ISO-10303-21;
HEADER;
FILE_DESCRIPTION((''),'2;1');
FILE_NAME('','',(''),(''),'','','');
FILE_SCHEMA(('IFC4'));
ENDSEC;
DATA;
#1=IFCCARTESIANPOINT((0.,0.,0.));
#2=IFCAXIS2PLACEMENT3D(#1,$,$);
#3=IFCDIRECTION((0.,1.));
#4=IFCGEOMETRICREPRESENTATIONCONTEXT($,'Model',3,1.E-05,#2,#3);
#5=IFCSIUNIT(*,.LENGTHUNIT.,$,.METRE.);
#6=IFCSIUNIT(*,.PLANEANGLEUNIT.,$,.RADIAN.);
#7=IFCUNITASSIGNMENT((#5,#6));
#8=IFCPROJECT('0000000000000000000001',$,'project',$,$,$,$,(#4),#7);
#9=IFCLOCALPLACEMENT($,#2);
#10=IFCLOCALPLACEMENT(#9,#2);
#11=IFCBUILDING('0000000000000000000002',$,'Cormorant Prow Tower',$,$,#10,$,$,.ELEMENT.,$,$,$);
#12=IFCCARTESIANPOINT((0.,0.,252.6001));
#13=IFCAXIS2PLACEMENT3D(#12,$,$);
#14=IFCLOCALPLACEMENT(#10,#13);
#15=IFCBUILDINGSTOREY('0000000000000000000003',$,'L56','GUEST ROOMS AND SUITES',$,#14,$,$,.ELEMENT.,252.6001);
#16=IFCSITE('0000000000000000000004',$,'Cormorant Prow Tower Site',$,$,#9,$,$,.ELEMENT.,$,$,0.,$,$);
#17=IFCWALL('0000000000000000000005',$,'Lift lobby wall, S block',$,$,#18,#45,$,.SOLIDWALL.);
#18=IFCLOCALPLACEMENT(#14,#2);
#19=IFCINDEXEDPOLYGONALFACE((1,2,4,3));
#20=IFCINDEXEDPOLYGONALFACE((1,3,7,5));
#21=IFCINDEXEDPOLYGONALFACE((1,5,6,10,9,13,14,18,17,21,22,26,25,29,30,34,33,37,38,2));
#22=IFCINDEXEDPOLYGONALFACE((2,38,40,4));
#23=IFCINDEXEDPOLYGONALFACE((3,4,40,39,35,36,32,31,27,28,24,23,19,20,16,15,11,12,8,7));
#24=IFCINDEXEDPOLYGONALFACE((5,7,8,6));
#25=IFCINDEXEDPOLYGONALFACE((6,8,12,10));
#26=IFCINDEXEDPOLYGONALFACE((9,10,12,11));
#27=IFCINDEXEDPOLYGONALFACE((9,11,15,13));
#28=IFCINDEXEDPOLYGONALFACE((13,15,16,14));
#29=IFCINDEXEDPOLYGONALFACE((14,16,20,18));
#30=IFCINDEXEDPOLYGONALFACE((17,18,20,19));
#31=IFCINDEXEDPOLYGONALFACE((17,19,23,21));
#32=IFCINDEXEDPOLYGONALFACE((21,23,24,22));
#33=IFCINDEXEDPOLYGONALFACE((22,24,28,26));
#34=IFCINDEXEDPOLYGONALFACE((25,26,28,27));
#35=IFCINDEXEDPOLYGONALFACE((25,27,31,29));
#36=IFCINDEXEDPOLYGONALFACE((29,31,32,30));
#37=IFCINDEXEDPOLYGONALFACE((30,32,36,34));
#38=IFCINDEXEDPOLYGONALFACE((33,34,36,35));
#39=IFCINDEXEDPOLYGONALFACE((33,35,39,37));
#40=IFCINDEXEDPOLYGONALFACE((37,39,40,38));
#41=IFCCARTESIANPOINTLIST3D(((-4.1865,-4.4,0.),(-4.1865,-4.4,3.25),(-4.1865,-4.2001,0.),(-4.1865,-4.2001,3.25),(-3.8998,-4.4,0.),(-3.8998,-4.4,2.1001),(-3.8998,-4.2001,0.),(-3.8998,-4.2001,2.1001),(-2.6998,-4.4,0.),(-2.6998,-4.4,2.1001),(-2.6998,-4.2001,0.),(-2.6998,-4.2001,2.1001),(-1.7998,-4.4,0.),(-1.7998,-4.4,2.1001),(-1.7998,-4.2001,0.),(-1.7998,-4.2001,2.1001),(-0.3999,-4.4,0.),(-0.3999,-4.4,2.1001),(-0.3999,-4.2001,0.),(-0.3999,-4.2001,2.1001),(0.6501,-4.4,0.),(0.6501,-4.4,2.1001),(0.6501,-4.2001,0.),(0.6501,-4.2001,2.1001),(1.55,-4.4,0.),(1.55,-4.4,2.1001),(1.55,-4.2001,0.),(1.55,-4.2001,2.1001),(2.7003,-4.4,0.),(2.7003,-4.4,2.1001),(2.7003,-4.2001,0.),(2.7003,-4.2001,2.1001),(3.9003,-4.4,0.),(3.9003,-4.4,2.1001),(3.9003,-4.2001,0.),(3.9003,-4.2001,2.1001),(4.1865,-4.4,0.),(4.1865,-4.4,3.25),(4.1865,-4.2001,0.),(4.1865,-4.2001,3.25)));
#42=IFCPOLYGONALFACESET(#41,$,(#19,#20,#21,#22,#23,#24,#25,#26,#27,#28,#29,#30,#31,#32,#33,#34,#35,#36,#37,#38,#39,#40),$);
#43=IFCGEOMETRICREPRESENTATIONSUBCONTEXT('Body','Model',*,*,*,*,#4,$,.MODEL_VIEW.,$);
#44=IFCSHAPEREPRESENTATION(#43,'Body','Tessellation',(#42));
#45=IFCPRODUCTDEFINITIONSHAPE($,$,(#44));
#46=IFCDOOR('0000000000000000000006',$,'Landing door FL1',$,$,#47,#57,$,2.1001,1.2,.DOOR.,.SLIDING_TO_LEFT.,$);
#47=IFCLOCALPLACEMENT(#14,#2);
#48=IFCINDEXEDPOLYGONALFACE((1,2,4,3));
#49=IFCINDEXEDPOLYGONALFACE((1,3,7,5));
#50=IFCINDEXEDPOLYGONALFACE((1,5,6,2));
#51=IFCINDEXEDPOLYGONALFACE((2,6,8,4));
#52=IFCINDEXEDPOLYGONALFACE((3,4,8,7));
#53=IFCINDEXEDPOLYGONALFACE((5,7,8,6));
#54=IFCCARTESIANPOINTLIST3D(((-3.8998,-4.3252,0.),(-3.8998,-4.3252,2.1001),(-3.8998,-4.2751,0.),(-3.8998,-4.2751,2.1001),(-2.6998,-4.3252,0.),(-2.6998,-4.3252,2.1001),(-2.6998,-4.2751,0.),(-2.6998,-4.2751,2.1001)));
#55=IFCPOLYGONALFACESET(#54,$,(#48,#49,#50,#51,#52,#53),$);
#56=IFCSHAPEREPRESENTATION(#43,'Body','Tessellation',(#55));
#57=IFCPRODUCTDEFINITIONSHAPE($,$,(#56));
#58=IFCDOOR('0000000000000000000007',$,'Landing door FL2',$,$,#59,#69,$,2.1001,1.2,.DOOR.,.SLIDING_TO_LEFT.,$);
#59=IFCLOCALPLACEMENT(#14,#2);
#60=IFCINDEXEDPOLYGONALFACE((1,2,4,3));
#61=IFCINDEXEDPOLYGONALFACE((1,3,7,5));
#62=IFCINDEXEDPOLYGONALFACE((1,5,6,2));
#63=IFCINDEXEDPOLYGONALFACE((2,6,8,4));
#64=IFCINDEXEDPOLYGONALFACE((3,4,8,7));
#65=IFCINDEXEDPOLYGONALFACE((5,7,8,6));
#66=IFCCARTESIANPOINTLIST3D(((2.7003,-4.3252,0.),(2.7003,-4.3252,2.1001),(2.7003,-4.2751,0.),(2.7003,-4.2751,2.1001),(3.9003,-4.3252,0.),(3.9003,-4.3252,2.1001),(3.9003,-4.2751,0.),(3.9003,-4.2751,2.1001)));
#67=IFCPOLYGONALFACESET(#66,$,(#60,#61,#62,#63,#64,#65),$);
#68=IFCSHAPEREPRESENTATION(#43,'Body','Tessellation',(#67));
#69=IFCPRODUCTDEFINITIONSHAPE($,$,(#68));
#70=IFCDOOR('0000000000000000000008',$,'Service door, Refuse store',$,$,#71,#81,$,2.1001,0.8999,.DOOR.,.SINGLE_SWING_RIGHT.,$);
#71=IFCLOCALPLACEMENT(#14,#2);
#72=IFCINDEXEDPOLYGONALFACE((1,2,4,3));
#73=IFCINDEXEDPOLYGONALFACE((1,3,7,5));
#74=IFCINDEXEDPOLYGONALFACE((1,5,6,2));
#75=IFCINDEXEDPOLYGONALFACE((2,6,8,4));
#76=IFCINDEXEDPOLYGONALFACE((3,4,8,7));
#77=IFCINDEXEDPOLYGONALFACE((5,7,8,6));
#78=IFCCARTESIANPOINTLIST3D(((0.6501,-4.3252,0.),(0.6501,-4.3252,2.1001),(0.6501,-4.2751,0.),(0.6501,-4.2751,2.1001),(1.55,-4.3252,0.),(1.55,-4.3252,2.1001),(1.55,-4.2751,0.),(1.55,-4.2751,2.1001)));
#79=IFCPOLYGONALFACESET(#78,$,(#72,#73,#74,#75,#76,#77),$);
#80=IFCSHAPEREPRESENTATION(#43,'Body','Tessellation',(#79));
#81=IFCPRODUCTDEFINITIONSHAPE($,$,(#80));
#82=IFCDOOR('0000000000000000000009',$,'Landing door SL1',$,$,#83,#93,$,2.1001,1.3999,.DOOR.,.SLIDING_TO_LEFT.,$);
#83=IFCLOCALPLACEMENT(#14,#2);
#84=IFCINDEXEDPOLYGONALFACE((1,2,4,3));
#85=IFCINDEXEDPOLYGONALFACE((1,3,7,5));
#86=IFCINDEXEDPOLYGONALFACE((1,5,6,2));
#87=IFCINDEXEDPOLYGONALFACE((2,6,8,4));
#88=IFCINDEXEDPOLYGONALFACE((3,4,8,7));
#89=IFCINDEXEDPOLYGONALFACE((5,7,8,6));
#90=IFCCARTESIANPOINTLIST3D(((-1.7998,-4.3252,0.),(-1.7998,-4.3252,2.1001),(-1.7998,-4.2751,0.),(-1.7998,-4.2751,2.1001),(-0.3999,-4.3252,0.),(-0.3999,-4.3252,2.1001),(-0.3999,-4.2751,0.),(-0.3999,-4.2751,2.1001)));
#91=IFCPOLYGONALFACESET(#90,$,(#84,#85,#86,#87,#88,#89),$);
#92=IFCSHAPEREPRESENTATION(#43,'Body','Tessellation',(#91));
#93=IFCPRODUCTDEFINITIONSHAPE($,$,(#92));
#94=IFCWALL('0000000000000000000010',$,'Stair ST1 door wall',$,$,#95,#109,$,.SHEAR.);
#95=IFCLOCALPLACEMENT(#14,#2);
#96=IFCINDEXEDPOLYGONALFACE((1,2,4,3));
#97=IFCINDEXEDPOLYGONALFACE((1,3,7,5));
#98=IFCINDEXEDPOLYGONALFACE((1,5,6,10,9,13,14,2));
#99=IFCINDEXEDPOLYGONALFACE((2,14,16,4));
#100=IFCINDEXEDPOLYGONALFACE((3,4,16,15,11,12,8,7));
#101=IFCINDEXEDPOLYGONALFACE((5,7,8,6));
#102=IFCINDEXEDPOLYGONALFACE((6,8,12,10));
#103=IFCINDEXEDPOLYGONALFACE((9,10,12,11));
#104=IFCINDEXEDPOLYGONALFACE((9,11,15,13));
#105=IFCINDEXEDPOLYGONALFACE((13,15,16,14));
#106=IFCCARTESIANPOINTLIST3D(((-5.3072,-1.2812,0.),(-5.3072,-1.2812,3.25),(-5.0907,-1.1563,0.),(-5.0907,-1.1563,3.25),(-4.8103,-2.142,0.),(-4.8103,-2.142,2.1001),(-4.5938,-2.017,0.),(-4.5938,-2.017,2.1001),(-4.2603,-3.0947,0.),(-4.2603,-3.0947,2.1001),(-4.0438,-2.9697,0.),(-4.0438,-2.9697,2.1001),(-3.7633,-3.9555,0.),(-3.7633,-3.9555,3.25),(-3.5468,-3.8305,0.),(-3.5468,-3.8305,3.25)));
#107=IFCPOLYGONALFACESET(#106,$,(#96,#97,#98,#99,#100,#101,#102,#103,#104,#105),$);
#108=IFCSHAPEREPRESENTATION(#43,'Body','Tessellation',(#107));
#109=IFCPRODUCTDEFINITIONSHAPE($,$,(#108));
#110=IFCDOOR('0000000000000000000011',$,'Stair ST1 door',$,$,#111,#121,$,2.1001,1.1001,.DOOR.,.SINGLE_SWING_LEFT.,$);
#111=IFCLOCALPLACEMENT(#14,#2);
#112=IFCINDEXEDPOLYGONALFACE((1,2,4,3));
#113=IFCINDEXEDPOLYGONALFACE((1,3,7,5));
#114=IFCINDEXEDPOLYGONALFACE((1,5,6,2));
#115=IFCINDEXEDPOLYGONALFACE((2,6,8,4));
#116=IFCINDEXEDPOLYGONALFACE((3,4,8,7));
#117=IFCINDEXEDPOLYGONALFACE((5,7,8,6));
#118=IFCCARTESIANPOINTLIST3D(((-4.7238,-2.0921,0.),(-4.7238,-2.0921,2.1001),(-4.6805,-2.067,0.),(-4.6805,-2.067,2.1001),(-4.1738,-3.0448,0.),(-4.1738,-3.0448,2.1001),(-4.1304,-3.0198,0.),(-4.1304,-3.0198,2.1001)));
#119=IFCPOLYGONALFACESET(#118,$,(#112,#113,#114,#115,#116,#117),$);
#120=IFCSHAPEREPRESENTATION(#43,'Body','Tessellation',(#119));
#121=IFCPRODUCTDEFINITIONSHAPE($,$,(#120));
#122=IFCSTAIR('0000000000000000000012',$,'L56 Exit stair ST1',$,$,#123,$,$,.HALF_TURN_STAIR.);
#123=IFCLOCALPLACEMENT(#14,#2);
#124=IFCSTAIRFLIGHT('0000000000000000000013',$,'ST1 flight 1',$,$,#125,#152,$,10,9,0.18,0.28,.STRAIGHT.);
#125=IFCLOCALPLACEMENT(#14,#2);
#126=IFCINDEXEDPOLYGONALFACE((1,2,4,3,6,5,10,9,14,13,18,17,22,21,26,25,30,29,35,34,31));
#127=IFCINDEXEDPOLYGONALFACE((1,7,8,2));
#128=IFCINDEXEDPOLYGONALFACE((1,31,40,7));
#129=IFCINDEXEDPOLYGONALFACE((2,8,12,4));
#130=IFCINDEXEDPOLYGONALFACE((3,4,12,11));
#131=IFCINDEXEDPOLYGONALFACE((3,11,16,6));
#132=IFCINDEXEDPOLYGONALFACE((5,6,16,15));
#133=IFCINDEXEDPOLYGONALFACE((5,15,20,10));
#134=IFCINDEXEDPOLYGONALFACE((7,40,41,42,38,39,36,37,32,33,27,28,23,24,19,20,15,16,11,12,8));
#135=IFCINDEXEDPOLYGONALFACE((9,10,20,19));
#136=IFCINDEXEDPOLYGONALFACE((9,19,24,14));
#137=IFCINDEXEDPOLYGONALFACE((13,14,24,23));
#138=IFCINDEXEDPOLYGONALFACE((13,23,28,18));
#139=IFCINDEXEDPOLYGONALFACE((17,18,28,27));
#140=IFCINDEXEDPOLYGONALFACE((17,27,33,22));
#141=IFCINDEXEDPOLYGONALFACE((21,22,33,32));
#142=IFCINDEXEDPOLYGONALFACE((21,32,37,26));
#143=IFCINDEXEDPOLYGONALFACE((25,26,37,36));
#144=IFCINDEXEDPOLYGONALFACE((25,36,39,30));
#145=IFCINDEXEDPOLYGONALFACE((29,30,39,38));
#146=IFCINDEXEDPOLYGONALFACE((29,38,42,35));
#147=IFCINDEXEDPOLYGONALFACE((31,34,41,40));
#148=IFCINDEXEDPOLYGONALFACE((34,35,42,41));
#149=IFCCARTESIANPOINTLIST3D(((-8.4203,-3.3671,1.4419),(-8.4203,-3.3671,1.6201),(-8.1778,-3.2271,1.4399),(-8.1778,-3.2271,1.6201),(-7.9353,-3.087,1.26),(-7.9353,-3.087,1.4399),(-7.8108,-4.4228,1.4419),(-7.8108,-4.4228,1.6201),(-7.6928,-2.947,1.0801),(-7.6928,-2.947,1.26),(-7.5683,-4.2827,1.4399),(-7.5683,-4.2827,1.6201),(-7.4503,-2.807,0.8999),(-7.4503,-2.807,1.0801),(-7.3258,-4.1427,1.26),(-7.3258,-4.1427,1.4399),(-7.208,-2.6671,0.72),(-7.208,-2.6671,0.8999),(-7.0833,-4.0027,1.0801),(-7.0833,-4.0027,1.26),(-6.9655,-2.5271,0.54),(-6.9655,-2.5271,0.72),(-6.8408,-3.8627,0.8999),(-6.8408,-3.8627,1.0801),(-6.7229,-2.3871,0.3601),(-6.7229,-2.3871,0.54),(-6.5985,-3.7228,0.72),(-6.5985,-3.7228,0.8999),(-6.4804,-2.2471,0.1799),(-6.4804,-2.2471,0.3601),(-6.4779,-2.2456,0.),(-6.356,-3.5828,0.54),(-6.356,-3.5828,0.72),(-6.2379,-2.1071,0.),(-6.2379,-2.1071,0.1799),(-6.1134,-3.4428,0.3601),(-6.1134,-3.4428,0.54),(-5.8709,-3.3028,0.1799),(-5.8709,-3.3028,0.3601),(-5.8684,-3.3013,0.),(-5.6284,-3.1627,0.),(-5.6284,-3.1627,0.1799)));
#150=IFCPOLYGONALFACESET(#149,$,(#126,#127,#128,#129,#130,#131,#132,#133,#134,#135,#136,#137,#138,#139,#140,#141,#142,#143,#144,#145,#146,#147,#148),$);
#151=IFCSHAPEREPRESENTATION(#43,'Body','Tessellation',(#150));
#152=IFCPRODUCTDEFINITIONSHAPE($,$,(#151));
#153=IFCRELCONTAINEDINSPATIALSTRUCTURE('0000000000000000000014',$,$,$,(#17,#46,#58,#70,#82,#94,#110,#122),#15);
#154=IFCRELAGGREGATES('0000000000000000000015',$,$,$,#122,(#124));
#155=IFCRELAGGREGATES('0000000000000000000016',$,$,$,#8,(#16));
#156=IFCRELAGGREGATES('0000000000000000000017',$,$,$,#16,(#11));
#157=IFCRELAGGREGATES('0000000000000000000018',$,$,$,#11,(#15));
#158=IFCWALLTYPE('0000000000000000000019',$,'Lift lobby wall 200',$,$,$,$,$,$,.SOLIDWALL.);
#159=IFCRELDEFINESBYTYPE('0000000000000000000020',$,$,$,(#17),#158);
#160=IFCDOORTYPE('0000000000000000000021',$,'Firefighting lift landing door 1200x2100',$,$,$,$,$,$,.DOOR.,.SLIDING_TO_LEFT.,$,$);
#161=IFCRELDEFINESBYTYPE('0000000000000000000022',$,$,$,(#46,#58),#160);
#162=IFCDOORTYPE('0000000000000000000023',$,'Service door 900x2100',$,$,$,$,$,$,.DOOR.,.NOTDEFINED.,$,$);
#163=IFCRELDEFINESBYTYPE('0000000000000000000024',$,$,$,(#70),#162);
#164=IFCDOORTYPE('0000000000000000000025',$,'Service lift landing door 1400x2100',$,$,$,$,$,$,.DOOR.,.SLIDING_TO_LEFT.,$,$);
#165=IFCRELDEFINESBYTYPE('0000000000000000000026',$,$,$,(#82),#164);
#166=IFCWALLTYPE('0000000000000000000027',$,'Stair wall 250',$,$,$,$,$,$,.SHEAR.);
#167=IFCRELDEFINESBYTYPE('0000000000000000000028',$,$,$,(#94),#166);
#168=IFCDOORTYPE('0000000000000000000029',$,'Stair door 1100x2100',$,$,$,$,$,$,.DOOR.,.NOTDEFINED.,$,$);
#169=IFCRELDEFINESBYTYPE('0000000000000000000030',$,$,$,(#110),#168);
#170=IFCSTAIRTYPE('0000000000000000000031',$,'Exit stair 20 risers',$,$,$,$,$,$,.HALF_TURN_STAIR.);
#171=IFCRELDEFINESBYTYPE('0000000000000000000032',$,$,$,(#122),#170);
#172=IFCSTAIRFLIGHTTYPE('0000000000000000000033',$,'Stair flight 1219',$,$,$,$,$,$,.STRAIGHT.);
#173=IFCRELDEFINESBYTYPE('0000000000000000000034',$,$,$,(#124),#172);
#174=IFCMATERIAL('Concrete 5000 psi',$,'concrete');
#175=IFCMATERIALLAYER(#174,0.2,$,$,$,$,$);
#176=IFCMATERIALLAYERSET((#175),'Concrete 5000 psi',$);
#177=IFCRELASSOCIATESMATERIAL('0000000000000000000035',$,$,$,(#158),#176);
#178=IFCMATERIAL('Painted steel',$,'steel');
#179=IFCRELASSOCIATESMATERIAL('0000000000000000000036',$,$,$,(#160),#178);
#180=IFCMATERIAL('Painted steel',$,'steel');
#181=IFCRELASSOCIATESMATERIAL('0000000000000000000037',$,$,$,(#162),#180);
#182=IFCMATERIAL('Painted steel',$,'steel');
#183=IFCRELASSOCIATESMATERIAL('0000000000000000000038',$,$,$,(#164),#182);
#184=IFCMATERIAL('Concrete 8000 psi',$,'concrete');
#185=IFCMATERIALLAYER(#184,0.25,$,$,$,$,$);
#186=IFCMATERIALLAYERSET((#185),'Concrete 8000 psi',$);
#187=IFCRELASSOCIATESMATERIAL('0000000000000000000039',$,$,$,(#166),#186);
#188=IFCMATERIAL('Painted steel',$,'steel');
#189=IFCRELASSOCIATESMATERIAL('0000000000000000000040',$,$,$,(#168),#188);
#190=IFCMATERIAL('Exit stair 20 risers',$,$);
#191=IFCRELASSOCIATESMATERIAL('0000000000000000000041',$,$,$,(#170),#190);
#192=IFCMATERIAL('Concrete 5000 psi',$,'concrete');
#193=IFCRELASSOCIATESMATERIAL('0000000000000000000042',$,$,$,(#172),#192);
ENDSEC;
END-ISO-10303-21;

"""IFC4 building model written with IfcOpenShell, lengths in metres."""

from ifc_helpers import new_model, si_unit, direction, frame, frame_2d, origin, place, context, subcontext, project, spatial, polyline, rectangle, outline, extrude, material, layer, layer_set, type_object, element, fill, aggregate, save


model = new_model("IFC4")

# Units and contexts
model_context = context("Model", 3, precision=1e-05, world=origin(), true_north=direction((0.0, 1.0)))
body_context = subcontext(model_context, "Body", "Model", "MODEL_VIEW")
ifc_project = project(units=[si_unit("LENGTHUNIT", "METRE"), si_unit("PLANEANGLEUNIT", "RADIAN")], contexts=[model_context])

# Site, building, storey
site_placement = place(None, origin())
site = spatial("IfcSite", under=ifc_project, at=site_placement, Name="Cormorant Prow Tower Site", CompositionType="ELEMENT", RefElevation=0.0)
building_placement = place(site_placement, origin())
building = spatial("IfcBuilding", under=site, at=building_placement, Name="Cormorant Prow Tower", CompositionType="ELEMENT")
storey_placement = place(building_placement, frame((0.0, 0.0, 252.6001)))
storey = spatial("IfcBuildingStorey", under=building, at=storey_placement, Name="L56", Description="GUEST ROOMS AND SUITES", CompositionType="ELEMENT", Elevation=252.6001)

# Wall, openings, doors
ifc_material_1 = material(Name="Concrete 5000 psi", Category="concrete")
ifc_layer_1 = layer(ifc_material_1, 0.2)
ifc_layer_set_1 = layer_set([ifc_layer_1], Name="Concrete 5000 psi")
wall_type_1 = type_object("IfcWallType", Name="Lift lobby wall 200", PredefinedType="SOLIDWALL", material=ifc_layer_set_1)
wall_1_placement = place(storey_placement, frame((-4.1865, -4.3, 0.0), z_axis=(0.0, 0.0, 1.0), x_axis=(1.0, 0.0, 0.0)))
wall_1 = element("IfcWall", 1, at=wall_1_placement, inside=storey, type_object=wall_type_1, Name="Lift lobby wall, S block", PredefinedType="SOLIDWALL", context=body_context, shape_type="SweptSolid", body=[
    extrude(rectangle(XDim=8.373, YDim=0.2, at=frame_2d((4.1865, 0.0))), origin(), (0.0, 0.0, 1.0), 3.25),
])
opening_1_placement = place(wall_1_placement, frame((0.2866, 0.0, 0.0)))
opening_1 = element("IfcOpeningElement", 2, at=opening_1_placement, cuts=wall_1, PredefinedType="OPENING", context=body_context, shape_type="SweptSolid", body=[
    extrude(rectangle(XDim=1.2, YDim=2.1001, at=frame_2d((0.6001, 1.05))), frame((0.0, 0.1099, 0.0), z_axis=(0.0, -1.0, 0.0), x_axis=(1.0, 0.0, 0.0)), (0.0, 0.0, 1.0), 0.22),
])
opening_2_placement = place(wall_1_placement, frame((2.3867, 0.0, 0.0)))
opening_2 = element("IfcOpeningElement", 3, at=opening_2_placement, cuts=wall_1, PredefinedType="OPENING", context=body_context, shape_type="SweptSolid", body=[
    extrude(rectangle(XDim=1.3999, YDim=2.1001, at=frame_2d((0.7, 1.05))), frame((0.0, 0.1099, 0.0), z_axis=(0.0, -1.0, 0.0), x_axis=(1.0, 0.0, 0.0)), (0.0, 0.0, 1.0), 0.22),
])
opening_3_placement = place(wall_1_placement, frame((4.8367, 0.0, 0.0)))
opening_3 = element("IfcOpeningElement", 4, at=opening_3_placement, cuts=wall_1, PredefinedType="OPENING", context=body_context, shape_type="SweptSolid", body=[
    extrude(rectangle(XDim=0.8999, YDim=2.1001, at=frame_2d((0.45, 1.05))), frame((0.0, 0.1099, 0.0), z_axis=(0.0, -1.0, 0.0), x_axis=(1.0, 0.0, 0.0)), (0.0, 0.0, 1.0), 0.22),
])
opening_4_placement = place(wall_1_placement, frame((6.8867, 0.0, 0.0)))
opening_4 = element("IfcOpeningElement", 5, at=opening_4_placement, cuts=wall_1, PredefinedType="OPENING", context=body_context, shape_type="SweptSolid", body=[
    extrude(rectangle(XDim=1.2, YDim=2.1001, at=frame_2d((0.6001, 1.05))), frame((0.0, 0.1099, 0.0), z_axis=(0.0, -1.0, 0.0), x_axis=(1.0, 0.0, 0.0)), (0.0, 0.0, 1.0), 0.22),
])
ifc_material_2 = material(Name="Painted steel", Category="steel")
door_type_1 = type_object("IfcDoorType", Name="Firefighting lift landing door 1200x2100", OperationType="SLIDING_TO_LEFT", PredefinedType="DOOR", material=ifc_material_2)
door_1_placement = place(opening_1_placement, origin())
door_1 = element("IfcDoor", 6, at=door_1_placement, inside=storey, type_object=door_type_1, Name="Landing door FL1", OperationType="SLIDING_TO_LEFT", OverallHeight=2.1001, OverallWidth=1.2, PredefinedType="DOOR", context=body_context, shape_type="SweptSolid", body=[
    extrude(rectangle(XDim=1.2, YDim=2.1001, at=frame_2d((0.6001, 1.05))), frame((0.0, 0.0249, 0.0), z_axis=(0.0, -1.0, 0.0), x_axis=(1.0, 0.0, 0.0)), (0.0, 0.0, 1.0), 0.05),
])
fill(opening_1, door_1)
door_2_placement = place(opening_4_placement, origin())
door_2 = element("IfcDoor", 7, at=door_2_placement, inside=storey, type_object=door_type_1, Name="Landing door FL2", OperationType="SLIDING_TO_LEFT", OverallHeight=2.1001, OverallWidth=1.2, PredefinedType="DOOR", context=body_context, shape_type="SweptSolid", body=[
    extrude(rectangle(XDim=1.2, YDim=2.1001, at=frame_2d((0.6001, 1.05))), frame((0.0, 0.0249, 0.0), z_axis=(0.0, -1.0, 0.0), x_axis=(1.0, 0.0, 0.0)), (0.0, 0.0, 1.0), 0.05),
])
fill(opening_4, door_2)
ifc_material_3 = material(Name="Painted steel", Category="steel")
door_type_2 = type_object("IfcDoorType", Name="Service door 900x2100", OperationType="NOTDEFINED", PredefinedType="DOOR", material=ifc_material_3)
door_3_placement = place(opening_3_placement, origin())
door_3 = element("IfcDoor", 8, at=door_3_placement, inside=storey, type_object=door_type_2, Name="Service door, Refuse store", OperationType="SINGLE_SWING_RIGHT", OverallHeight=2.1001, OverallWidth=0.8999, PredefinedType="DOOR", context=body_context, shape_type="SweptSolid", body=[
    extrude(rectangle(XDim=0.8999, YDim=2.1001, at=frame_2d((0.45, 1.05))), frame((0.0, 0.0249, 0.0), z_axis=(0.0, -1.0, 0.0), x_axis=(1.0, 0.0, 0.0)), (0.0, 0.0, 1.0), 0.05),
])
fill(opening_3, door_3)
ifc_material_4 = material(Name="Painted steel", Category="steel")
door_type_3 = type_object("IfcDoorType", Name="Service lift landing door 1400x2100", OperationType="SLIDING_TO_LEFT", PredefinedType="DOOR", material=ifc_material_4)
door_4_placement = place(opening_2_placement, origin())
door_4 = element("IfcDoor", 9, at=door_4_placement, inside=storey, type_object=door_type_3, Name="Landing door SL1", OperationType="SLIDING_TO_LEFT", OverallHeight=2.1001, OverallWidth=1.3999, PredefinedType="DOOR", context=body_context, shape_type="SweptSolid", body=[
    extrude(rectangle(XDim=1.3999, YDim=2.1001, at=frame_2d((0.7, 1.05))), frame((0.0, 0.0249, 0.0), z_axis=(0.0, -1.0, 0.0), x_axis=(1.0, 0.0, 0.0)), (0.0, 0.0, 1.0), 0.05),
])
fill(opening_2, door_4)

# Wall, opening, door
ifc_material_5 = material(Name="Concrete 8000 psi", Category="concrete")
ifc_layer_2 = layer(ifc_material_5, 0.25)
ifc_layer_set_2 = layer_set([ifc_layer_2], Name="Concrete 8000 psi")
wall_type_2 = type_object("IfcWallType", Name="Stair wall 250", PredefinedType="SHEAR", material=ifc_layer_set_2)
wall_2_placement = place(storey_placement, frame((-5.199, -1.2188, 0.0), z_axis=(0.0, 0.0, 1.0), x_axis=(0.499983, -0.866035, 0.0)))
wall_2 = element("IfcWall", 10, at=wall_2_placement, inside=storey, type_object=wall_type_2, Name="Stair ST1 door wall", PredefinedType="SHEAR", context=body_context, shape_type="SweptSolid", body=[
    extrude(rectangle(XDim=3.0879, YDim=0.25, at=frame_2d((1.5439, 0.0))), origin(), (0.0, 0.0, 1.0), 3.25),
])
opening_5_placement = place(wall_2_placement, frame((0.9939, 0.0, 0.0)))
opening_5 = element("IfcOpeningElement", 11, at=opening_5_placement, cuts=wall_2, PredefinedType="OPENING", context=body_context, shape_type="SweptSolid", body=[
    extrude(rectangle(XDim=1.1001, YDim=2.1001, at=frame_2d((0.55, 1.05))), frame((0.0, 0.135, 0.0), z_axis=(0.0, -1.0, 0.0), x_axis=(1.0, 0.0, 0.0)), (0.0, 0.0, 1.0), 0.27),
])
ifc_material_6 = material(Name="Painted steel", Category="steel")
door_type_4 = type_object("IfcDoorType", Name="Stair door 1100x2100", OperationType="NOTDEFINED", PredefinedType="DOOR", material=ifc_material_6)
door_5_placement = place(opening_5_placement, origin())
door_5 = element("IfcDoor", 12, at=door_5_placement, inside=storey, type_object=door_type_4, Name="Stair ST1 door", OperationType="SINGLE_SWING_LEFT", OverallHeight=2.1001, OverallWidth=1.1001, PredefinedType="DOOR", context=body_context, shape_type="SweptSolid", body=[
    extrude(rectangle(XDim=1.1001, YDim=2.1001, at=frame_2d((0.55, 1.05))), frame((0.0, 0.0249, 0.0), z_axis=(0.0, -1.0, 0.0), x_axis=(1.0, 0.0, 0.0)), (0.0, 0.0, 1.0), 0.05),
])
fill(opening_5, door_5)

# Stair, stair flight
ifc_material_7 = material(Name="Exit stair 20 risers")
stair_type = type_object("IfcStairType", Name="Exit stair 20 risers", PredefinedType="HALF_TURN_STAIR", material=ifc_material_7)
stair_placement = place(storey_placement, origin())
stair = element("IfcStair", 13, at=stair_placement, inside=storey, type_object=stair_type, Name="L56 Exit stair ST1", PredefinedType="HALF_TURN_STAIR")
ifc_material_8 = material(Name="Concrete 5000 psi", Category="concrete")
stair_flight_type = type_object("IfcStairFlightType", Name="Stair flight 1219", PredefinedType="STRAIGHT", material=ifc_material_8)
stair_flight_1_placement = place(storey_placement, frame((-5.9331, -2.635, 0.0), z_axis=(0.0, 0.0, 1.0), x_axis=(-0.866025, -0.5, 0.0)))
stair_flight_1 = element("IfcStairFlight", 14, at=stair_flight_1_placement, type_object=stair_flight_type, Name="ST1 flight 1", NumberOfRisers=10, NumberOfTreads=9, PredefinedType="STRAIGHT", RiserHeight=0.18, TreadLength=0.28, context=body_context, shape_type="SweptSolid", body=[
    extrude(outline(polyline([(0.0, 0.0), (0.0, 0.1799), (0.28, 0.1799), (0.28, 0.3601), (0.5601, 0.3601), (0.5601, 0.54), (0.8401, 0.54), (0.8401, 0.72), (1.1201, 0.72), (1.1201, 0.8999), (1.3999, 0.8999), (1.3999, 1.0801), (1.6799, 1.0801), (1.6799, 1.26), (1.96, 1.26), (1.96, 1.4399), (2.24, 1.4399), (2.24, 1.6201), (2.52, 1.6201), (2.52, 1.8), (2.52, 1.4419), (0.2771, 0.0), (0.0, 0.0)])), frame((0.0, 0.6094, 0.0), z_axis=(0.0, -1.0, 0.0), x_axis=(1.0, 0.0, 0.0)), (0.0, 0.0, 1.0), 1.219),
])
aggregate(stair, [stair_flight_1])

save(model, "model.ifc")
